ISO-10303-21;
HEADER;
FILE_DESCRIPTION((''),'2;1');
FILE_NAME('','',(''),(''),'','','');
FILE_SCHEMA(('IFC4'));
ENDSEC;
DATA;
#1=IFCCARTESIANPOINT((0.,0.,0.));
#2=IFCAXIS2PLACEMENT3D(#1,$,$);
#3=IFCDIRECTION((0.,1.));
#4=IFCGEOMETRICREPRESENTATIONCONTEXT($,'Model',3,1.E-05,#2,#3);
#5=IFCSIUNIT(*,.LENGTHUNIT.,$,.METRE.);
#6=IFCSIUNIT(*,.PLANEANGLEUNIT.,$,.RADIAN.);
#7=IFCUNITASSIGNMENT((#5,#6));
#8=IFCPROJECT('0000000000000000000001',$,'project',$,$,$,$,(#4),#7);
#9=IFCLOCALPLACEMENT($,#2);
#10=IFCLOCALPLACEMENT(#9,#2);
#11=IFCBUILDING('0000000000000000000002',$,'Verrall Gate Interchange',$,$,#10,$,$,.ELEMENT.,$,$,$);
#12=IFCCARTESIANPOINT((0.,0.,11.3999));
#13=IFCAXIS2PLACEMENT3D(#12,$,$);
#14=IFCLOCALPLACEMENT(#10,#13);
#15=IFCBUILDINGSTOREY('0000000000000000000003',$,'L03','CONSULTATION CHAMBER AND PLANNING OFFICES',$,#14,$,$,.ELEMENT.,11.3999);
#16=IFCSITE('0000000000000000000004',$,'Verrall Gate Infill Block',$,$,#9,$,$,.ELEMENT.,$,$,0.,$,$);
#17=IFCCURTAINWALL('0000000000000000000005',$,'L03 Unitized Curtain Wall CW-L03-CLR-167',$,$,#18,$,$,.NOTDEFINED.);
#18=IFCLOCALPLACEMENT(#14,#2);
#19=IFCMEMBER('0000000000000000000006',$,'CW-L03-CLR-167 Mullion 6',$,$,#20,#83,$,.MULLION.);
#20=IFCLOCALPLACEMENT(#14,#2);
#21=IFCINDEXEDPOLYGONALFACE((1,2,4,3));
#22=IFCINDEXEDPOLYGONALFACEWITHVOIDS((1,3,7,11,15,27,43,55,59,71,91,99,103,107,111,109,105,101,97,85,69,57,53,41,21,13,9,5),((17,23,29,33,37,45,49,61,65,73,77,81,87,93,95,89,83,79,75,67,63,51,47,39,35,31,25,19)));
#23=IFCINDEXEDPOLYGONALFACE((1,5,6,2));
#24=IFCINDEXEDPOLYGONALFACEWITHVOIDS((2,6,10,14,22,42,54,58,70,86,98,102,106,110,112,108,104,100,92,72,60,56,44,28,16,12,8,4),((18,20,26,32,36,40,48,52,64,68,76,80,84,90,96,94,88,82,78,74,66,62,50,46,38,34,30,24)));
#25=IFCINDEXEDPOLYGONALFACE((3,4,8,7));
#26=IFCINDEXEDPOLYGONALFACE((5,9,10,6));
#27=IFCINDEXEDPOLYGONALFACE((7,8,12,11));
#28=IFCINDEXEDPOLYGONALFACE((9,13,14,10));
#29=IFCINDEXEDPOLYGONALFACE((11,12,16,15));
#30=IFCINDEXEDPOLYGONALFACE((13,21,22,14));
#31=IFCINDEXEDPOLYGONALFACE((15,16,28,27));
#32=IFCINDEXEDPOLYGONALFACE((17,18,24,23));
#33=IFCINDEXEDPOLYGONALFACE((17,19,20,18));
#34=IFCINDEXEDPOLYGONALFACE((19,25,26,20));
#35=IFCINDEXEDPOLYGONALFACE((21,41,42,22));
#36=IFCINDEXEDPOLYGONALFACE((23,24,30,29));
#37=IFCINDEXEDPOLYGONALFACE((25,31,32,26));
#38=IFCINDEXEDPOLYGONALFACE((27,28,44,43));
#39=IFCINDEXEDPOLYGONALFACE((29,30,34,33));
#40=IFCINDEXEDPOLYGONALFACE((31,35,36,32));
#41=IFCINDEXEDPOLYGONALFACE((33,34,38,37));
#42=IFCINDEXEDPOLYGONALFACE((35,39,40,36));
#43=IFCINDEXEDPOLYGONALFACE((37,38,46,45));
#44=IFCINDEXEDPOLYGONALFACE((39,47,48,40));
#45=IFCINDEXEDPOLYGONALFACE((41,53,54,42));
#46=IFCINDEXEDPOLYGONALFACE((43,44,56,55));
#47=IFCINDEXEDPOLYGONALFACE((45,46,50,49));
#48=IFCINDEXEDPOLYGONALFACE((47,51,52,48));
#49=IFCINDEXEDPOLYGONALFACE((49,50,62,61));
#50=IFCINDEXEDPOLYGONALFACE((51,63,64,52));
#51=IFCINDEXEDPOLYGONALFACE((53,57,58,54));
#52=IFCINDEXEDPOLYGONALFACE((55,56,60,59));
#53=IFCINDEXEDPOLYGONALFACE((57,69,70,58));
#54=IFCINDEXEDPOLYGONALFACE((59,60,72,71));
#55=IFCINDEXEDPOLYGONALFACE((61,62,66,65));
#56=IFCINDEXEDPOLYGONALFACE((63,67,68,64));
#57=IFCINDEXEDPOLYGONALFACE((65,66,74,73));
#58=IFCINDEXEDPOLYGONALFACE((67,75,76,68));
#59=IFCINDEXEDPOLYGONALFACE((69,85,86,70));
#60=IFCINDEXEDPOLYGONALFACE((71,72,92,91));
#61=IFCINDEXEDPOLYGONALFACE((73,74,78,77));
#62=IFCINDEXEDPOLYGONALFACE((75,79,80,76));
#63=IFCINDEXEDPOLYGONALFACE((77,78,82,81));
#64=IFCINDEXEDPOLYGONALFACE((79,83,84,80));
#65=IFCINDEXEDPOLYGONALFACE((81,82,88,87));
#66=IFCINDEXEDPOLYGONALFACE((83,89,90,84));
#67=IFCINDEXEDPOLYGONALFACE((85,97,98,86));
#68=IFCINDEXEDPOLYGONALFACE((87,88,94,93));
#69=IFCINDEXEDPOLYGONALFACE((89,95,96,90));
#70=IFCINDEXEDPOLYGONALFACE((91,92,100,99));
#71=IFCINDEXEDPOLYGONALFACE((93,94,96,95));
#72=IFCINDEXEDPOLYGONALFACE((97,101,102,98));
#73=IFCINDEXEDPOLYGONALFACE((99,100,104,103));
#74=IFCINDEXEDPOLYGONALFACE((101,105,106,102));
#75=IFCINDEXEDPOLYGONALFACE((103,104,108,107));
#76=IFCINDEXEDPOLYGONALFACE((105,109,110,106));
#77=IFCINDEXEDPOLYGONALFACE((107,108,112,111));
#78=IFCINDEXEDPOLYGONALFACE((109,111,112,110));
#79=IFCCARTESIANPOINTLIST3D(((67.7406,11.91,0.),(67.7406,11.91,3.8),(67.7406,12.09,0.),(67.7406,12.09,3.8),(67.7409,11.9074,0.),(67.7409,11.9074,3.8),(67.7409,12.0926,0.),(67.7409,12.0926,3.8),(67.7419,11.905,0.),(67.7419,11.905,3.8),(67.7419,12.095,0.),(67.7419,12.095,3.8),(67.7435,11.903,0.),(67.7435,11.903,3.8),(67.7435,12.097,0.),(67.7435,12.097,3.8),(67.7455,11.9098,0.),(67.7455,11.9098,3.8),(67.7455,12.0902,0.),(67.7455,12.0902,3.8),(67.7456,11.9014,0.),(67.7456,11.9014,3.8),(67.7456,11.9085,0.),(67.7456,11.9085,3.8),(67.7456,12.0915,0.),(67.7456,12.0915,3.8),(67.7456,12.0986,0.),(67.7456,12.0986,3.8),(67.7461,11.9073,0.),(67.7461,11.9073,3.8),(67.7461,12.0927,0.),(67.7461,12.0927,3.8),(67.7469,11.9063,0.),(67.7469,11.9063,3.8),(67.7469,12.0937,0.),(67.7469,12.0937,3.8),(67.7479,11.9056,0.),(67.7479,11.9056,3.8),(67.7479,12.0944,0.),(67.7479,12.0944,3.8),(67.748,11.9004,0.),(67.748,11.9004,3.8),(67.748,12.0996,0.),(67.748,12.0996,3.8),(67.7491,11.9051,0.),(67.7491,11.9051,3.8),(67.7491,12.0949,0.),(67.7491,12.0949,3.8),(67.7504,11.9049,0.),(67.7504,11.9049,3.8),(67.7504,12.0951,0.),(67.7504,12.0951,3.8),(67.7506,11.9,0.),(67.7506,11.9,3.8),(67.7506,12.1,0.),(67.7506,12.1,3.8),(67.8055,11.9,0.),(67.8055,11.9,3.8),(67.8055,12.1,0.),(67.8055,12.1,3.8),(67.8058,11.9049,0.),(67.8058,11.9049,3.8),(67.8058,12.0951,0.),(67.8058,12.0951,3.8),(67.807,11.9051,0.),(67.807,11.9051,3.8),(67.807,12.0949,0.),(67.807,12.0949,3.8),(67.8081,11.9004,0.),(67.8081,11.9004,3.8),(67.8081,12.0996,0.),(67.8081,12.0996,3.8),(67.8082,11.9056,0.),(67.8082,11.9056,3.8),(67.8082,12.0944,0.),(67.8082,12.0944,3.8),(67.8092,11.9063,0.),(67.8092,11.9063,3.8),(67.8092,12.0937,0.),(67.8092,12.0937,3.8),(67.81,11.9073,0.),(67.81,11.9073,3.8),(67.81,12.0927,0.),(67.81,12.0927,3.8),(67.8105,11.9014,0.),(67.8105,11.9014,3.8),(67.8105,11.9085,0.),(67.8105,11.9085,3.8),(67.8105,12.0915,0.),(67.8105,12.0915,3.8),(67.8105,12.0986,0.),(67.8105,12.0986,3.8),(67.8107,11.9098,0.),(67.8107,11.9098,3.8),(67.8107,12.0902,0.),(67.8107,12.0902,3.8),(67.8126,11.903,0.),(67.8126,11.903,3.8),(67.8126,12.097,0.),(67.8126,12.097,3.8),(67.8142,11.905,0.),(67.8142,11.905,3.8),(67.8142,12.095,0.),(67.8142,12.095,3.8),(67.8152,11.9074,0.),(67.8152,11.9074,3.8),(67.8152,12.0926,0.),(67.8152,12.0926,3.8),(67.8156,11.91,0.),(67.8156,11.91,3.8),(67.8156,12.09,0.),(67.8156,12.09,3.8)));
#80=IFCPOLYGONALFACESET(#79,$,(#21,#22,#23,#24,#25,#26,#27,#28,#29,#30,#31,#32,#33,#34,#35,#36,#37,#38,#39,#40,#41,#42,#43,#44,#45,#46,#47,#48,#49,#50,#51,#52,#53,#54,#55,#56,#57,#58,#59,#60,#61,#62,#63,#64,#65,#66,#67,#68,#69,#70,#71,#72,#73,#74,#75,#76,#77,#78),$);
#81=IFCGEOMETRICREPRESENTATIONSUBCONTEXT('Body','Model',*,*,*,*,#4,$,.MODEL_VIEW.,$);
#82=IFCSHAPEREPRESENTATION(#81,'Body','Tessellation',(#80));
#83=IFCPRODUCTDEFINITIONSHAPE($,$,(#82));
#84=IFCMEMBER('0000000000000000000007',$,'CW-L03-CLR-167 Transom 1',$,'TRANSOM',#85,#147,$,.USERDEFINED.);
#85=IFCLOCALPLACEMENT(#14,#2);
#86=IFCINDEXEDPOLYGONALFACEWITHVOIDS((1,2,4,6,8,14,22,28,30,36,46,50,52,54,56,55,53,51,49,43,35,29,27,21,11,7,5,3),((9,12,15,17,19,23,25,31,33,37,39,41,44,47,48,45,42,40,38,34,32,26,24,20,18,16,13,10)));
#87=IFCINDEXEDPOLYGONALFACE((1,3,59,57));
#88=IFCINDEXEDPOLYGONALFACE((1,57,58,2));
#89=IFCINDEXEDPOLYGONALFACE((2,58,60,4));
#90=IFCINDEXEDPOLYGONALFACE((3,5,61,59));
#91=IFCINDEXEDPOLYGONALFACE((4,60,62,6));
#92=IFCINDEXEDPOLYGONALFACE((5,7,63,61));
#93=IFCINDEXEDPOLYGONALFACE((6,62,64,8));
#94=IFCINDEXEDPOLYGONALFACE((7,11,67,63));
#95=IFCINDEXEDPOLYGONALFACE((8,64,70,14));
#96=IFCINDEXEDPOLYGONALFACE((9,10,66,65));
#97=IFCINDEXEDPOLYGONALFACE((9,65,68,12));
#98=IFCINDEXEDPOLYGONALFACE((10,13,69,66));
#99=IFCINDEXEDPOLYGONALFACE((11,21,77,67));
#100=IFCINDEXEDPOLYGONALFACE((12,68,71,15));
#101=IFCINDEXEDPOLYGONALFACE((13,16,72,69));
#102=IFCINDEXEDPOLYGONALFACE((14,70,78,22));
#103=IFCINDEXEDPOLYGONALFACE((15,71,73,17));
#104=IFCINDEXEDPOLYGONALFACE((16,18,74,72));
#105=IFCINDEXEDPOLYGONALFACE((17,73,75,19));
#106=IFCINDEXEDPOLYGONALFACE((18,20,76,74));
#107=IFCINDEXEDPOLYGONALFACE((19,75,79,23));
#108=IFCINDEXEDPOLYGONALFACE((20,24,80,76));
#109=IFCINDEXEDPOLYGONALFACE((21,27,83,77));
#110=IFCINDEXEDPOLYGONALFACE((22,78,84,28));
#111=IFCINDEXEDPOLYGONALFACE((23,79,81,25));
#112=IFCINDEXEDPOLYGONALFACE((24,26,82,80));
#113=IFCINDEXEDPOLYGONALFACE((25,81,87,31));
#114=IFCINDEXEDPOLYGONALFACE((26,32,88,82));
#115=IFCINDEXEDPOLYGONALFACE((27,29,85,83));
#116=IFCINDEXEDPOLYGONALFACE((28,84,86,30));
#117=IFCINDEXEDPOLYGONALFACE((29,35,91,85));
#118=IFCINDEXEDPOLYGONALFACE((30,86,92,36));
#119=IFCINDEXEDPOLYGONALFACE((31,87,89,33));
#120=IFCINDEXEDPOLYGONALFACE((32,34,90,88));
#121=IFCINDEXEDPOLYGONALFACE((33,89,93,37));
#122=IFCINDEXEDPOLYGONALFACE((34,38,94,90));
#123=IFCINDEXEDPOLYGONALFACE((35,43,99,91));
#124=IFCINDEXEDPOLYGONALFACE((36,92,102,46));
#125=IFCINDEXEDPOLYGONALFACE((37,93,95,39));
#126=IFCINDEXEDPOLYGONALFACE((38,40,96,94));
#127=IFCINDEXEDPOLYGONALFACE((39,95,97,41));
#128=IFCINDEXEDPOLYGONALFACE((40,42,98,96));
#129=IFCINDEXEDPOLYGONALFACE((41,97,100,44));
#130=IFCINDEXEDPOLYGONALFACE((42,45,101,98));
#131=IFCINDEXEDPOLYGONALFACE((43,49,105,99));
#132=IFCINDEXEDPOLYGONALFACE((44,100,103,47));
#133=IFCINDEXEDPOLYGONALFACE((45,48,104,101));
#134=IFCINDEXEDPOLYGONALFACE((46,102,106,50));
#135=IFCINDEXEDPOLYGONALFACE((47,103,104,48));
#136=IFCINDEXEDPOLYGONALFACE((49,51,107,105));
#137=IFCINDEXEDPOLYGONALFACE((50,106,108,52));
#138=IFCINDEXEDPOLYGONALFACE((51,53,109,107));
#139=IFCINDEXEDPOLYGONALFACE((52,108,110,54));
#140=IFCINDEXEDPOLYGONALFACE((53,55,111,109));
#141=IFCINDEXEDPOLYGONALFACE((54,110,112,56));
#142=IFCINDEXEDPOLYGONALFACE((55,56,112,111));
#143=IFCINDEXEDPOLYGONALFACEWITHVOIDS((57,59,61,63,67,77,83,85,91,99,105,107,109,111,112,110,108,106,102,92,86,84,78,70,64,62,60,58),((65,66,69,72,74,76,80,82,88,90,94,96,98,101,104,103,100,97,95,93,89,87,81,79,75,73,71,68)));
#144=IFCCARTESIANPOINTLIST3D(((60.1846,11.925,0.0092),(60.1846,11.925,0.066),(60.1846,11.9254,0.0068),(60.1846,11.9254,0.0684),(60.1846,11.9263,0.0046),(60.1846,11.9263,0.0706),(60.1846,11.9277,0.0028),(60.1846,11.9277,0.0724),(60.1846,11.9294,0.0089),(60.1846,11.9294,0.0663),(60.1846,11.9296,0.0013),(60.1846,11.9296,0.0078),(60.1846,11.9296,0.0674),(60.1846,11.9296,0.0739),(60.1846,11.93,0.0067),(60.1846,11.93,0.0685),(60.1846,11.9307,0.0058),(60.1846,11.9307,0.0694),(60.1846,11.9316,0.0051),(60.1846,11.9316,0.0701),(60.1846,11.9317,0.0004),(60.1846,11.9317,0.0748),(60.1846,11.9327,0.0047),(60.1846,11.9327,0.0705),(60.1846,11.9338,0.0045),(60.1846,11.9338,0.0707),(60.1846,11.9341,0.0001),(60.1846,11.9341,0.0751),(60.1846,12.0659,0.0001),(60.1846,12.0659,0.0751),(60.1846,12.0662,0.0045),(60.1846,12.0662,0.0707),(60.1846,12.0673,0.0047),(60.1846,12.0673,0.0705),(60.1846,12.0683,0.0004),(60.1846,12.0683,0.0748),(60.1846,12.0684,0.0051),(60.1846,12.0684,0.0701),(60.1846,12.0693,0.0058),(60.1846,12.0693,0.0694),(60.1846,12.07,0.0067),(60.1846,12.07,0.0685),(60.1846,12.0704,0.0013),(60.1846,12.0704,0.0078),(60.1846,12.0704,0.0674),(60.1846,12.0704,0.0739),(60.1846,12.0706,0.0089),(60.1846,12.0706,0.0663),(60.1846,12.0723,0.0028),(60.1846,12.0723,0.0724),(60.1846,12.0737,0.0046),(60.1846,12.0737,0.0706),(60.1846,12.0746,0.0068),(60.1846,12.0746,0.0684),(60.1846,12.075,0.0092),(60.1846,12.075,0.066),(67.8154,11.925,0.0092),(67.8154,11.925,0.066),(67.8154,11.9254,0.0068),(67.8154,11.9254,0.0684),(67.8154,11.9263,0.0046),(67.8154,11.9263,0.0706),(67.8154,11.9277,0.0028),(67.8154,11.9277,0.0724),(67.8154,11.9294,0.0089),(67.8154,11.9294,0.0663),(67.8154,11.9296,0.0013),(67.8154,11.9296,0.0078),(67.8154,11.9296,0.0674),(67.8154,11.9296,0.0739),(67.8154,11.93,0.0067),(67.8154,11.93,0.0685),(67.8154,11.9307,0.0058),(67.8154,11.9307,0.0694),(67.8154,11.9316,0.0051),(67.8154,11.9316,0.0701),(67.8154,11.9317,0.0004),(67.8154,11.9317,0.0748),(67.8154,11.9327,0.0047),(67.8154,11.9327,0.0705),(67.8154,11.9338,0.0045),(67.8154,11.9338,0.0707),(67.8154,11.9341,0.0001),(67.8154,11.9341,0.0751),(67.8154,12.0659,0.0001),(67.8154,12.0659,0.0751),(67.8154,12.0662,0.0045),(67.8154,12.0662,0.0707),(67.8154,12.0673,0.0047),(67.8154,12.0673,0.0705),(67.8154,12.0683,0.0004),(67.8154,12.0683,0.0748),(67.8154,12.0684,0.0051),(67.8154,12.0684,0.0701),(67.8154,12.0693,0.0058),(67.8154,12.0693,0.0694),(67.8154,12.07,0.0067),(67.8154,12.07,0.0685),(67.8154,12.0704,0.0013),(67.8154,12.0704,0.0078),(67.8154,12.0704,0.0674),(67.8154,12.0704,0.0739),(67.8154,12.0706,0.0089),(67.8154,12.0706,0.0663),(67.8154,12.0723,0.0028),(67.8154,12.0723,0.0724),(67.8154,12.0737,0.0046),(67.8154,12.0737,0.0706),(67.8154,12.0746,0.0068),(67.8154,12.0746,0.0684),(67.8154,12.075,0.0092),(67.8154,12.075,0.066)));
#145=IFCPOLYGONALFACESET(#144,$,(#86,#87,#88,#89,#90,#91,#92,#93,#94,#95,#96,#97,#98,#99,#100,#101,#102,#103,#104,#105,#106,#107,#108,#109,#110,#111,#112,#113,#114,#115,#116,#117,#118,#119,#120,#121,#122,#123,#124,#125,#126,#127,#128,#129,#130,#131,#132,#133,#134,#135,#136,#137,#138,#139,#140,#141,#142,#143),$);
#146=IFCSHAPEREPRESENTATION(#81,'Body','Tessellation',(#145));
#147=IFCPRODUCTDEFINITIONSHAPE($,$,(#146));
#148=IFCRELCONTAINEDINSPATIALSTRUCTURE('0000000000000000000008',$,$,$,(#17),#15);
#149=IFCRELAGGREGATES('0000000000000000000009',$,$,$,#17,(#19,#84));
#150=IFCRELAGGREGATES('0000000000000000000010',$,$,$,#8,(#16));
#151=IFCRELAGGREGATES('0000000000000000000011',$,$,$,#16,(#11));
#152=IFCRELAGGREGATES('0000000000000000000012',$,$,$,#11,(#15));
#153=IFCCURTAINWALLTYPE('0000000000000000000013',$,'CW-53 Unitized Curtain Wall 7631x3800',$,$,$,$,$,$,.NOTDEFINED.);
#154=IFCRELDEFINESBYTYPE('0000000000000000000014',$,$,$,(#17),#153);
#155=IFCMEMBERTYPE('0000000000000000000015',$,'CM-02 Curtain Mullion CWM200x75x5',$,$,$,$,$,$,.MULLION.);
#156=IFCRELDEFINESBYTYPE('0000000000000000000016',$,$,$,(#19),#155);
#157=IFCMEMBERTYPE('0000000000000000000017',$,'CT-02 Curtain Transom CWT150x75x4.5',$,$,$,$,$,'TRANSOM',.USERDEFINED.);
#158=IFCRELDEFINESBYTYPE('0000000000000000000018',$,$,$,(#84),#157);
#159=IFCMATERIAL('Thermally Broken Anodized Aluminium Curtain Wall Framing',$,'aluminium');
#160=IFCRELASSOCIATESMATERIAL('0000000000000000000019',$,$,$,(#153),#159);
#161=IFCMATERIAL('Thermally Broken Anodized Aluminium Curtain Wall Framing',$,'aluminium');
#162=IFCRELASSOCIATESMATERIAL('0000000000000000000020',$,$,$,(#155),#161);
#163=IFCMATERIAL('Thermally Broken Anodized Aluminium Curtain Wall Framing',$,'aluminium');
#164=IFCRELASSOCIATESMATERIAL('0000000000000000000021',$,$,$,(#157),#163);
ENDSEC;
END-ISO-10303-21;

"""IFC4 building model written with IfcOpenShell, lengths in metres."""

from ifc_helpers import new_model, si_unit, direction, frame, origin, origin_2d, place, context, subcontext, project, spatial, hollow_rectangle, extrude, material, material_profile, profile_set, type_object, element, aggregate, save


model = new_model("IFC4")

# Units and contexts
model_context = context("Model", 3, precision=1e-05, world=origin(), true_north=direction((0.0, 1.0)))
body_context = subcontext(model_context, "Body", "Model", "MODEL_VIEW")
ifc_project = project(units=[si_unit("LENGTHUNIT", "METRE"), si_unit("PLANEANGLEUNIT", "RADIAN")], contexts=[model_context])

# Site, building, storey
site_placement = place(None, origin())
site = spatial("IfcSite", under=ifc_project, at=site_placement, Name="Verrall Gate Infill Block", CompositionType="ELEMENT", RefElevation=0.0)
building_placement = place(site_placement, origin())
building = spatial("IfcBuilding", under=site, at=building_placement, Name="Verrall Gate Interchange", CompositionType="ELEMENT")
storey_placement = place(building_placement, frame((0.0, 0.0, 11.3999)))
storey = spatial("IfcBuildingStorey", under=building, at=storey_placement, Name="L03", Description="CONSULTATION CHAMBER AND PLANNING OFFICES", CompositionType="ELEMENT", Elevation=11.3999)

# Curtain wall, members
ifc_material_1 = material(Name="Thermally Broken Anodized Aluminium Curtain Wall Framing", Category="aluminium")
curtain_wall_type = type_object("IfcCurtainWallType", Name="CW-53 Unitized Curtain Wall 7631x3800", PredefinedType="NOTDEFINED", material=ifc_material_1)
curtain_wall_placement = place(storey_placement, origin())
curtain_wall = element("IfcCurtainWall", 1, at=curtain_wall_placement, inside=storey, type_object=curtain_wall_type, Name="L03 Unitized Curtain Wall CW-L03-CLR-167", PredefinedType="NOTDEFINED")
ifc_material_2 = material(Name="Thermally Broken Anodized Aluminium Curtain Wall Framing", Category="aluminium")
ifc_material_profile_1 = material_profile(ifc_material_2, hollow_rectangle(XDim=0.075, YDim=0.2, WallThickness=0.0049, InnerFilletRadius=0.0049, OuterFilletRadius=0.01, at=origin_2d()), Name="CWM200x75x5")
ifc_profile_set_1 = profile_set([ifc_material_profile_1], Name="Thermally Broken Anodized Aluminium Curtain Wall Framing")
member_type_1 = type_object("IfcMemberType", Name="CM-02 Curtain Mullion CWM200x75x5", PredefinedType="MULLION", material=ifc_profile_set_1)
member_1_placement = place(storey_placement, frame((67.7781, 12.0, 0.0), z_axis=(0.0, 0.0, 1.0), x_axis=(1.0, 0.0, 0.0)))
member_1 = element("IfcMember", 2, at=member_1_placement, type_object=member_type_1, Name="CW-L03-CLR-167 Mullion 6", PredefinedType="MULLION", context=body_context, shape_type="SweptSolid", body=[
    extrude(hollow_rectangle(XDim=0.075, YDim=0.2, WallThickness=0.0049, InnerFilletRadius=0.0049, OuterFilletRadius=0.01, at=origin_2d()), origin(), (0.0, 0.0, 1.0), 3.8),
])
ifc_material_3 = material(Name="Thermally Broken Anodized Aluminium Curtain Wall Framing", Category="aluminium")
ifc_material_profile_2 = material_profile(ifc_material_3, hollow_rectangle(XDim=0.1499, YDim=0.075, WallThickness=0.0044, InnerFilletRadius=0.0044, OuterFilletRadius=0.009, at=origin_2d()), Name="CWT150x75x4.5")
ifc_profile_set_2 = profile_set([ifc_material_profile_2], Name="Thermally Broken Anodized Aluminium Curtain Wall Framing")
member_type_2 = type_object("IfcMemberType", Name="CT-02 Curtain Transom CWT150x75x4.5", ElementType="TRANSOM", PredefinedType="USERDEFINED", material=ifc_profile_set_2)
member_2_placement = place(storey_placement, frame((60.1846, 12.0, 0.0376), z_axis=(1.0, 0.0, 0.0), x_axis=(0.0, 1.0, 0.0)))
member_2 = element("IfcMember", 3, at=member_2_placement, type_object=member_type_2, Name="CW-L03-CLR-167 Transom 1", ObjectType="TRANSOM", PredefinedType="USERDEFINED", context=body_context, shape_type="SweptSolid", body=[
    extrude(hollow_rectangle(XDim=0.1499, YDim=0.075, WallThickness=0.0044, InnerFilletRadius=0.0044, OuterFilletRadius=0.009, at=origin_2d()), origin(), (0.0, 0.0, 1.0), 7.6309),
])

aggregate(curtain_wall, [member_1, member_2])

save(model, "model.ifc")
